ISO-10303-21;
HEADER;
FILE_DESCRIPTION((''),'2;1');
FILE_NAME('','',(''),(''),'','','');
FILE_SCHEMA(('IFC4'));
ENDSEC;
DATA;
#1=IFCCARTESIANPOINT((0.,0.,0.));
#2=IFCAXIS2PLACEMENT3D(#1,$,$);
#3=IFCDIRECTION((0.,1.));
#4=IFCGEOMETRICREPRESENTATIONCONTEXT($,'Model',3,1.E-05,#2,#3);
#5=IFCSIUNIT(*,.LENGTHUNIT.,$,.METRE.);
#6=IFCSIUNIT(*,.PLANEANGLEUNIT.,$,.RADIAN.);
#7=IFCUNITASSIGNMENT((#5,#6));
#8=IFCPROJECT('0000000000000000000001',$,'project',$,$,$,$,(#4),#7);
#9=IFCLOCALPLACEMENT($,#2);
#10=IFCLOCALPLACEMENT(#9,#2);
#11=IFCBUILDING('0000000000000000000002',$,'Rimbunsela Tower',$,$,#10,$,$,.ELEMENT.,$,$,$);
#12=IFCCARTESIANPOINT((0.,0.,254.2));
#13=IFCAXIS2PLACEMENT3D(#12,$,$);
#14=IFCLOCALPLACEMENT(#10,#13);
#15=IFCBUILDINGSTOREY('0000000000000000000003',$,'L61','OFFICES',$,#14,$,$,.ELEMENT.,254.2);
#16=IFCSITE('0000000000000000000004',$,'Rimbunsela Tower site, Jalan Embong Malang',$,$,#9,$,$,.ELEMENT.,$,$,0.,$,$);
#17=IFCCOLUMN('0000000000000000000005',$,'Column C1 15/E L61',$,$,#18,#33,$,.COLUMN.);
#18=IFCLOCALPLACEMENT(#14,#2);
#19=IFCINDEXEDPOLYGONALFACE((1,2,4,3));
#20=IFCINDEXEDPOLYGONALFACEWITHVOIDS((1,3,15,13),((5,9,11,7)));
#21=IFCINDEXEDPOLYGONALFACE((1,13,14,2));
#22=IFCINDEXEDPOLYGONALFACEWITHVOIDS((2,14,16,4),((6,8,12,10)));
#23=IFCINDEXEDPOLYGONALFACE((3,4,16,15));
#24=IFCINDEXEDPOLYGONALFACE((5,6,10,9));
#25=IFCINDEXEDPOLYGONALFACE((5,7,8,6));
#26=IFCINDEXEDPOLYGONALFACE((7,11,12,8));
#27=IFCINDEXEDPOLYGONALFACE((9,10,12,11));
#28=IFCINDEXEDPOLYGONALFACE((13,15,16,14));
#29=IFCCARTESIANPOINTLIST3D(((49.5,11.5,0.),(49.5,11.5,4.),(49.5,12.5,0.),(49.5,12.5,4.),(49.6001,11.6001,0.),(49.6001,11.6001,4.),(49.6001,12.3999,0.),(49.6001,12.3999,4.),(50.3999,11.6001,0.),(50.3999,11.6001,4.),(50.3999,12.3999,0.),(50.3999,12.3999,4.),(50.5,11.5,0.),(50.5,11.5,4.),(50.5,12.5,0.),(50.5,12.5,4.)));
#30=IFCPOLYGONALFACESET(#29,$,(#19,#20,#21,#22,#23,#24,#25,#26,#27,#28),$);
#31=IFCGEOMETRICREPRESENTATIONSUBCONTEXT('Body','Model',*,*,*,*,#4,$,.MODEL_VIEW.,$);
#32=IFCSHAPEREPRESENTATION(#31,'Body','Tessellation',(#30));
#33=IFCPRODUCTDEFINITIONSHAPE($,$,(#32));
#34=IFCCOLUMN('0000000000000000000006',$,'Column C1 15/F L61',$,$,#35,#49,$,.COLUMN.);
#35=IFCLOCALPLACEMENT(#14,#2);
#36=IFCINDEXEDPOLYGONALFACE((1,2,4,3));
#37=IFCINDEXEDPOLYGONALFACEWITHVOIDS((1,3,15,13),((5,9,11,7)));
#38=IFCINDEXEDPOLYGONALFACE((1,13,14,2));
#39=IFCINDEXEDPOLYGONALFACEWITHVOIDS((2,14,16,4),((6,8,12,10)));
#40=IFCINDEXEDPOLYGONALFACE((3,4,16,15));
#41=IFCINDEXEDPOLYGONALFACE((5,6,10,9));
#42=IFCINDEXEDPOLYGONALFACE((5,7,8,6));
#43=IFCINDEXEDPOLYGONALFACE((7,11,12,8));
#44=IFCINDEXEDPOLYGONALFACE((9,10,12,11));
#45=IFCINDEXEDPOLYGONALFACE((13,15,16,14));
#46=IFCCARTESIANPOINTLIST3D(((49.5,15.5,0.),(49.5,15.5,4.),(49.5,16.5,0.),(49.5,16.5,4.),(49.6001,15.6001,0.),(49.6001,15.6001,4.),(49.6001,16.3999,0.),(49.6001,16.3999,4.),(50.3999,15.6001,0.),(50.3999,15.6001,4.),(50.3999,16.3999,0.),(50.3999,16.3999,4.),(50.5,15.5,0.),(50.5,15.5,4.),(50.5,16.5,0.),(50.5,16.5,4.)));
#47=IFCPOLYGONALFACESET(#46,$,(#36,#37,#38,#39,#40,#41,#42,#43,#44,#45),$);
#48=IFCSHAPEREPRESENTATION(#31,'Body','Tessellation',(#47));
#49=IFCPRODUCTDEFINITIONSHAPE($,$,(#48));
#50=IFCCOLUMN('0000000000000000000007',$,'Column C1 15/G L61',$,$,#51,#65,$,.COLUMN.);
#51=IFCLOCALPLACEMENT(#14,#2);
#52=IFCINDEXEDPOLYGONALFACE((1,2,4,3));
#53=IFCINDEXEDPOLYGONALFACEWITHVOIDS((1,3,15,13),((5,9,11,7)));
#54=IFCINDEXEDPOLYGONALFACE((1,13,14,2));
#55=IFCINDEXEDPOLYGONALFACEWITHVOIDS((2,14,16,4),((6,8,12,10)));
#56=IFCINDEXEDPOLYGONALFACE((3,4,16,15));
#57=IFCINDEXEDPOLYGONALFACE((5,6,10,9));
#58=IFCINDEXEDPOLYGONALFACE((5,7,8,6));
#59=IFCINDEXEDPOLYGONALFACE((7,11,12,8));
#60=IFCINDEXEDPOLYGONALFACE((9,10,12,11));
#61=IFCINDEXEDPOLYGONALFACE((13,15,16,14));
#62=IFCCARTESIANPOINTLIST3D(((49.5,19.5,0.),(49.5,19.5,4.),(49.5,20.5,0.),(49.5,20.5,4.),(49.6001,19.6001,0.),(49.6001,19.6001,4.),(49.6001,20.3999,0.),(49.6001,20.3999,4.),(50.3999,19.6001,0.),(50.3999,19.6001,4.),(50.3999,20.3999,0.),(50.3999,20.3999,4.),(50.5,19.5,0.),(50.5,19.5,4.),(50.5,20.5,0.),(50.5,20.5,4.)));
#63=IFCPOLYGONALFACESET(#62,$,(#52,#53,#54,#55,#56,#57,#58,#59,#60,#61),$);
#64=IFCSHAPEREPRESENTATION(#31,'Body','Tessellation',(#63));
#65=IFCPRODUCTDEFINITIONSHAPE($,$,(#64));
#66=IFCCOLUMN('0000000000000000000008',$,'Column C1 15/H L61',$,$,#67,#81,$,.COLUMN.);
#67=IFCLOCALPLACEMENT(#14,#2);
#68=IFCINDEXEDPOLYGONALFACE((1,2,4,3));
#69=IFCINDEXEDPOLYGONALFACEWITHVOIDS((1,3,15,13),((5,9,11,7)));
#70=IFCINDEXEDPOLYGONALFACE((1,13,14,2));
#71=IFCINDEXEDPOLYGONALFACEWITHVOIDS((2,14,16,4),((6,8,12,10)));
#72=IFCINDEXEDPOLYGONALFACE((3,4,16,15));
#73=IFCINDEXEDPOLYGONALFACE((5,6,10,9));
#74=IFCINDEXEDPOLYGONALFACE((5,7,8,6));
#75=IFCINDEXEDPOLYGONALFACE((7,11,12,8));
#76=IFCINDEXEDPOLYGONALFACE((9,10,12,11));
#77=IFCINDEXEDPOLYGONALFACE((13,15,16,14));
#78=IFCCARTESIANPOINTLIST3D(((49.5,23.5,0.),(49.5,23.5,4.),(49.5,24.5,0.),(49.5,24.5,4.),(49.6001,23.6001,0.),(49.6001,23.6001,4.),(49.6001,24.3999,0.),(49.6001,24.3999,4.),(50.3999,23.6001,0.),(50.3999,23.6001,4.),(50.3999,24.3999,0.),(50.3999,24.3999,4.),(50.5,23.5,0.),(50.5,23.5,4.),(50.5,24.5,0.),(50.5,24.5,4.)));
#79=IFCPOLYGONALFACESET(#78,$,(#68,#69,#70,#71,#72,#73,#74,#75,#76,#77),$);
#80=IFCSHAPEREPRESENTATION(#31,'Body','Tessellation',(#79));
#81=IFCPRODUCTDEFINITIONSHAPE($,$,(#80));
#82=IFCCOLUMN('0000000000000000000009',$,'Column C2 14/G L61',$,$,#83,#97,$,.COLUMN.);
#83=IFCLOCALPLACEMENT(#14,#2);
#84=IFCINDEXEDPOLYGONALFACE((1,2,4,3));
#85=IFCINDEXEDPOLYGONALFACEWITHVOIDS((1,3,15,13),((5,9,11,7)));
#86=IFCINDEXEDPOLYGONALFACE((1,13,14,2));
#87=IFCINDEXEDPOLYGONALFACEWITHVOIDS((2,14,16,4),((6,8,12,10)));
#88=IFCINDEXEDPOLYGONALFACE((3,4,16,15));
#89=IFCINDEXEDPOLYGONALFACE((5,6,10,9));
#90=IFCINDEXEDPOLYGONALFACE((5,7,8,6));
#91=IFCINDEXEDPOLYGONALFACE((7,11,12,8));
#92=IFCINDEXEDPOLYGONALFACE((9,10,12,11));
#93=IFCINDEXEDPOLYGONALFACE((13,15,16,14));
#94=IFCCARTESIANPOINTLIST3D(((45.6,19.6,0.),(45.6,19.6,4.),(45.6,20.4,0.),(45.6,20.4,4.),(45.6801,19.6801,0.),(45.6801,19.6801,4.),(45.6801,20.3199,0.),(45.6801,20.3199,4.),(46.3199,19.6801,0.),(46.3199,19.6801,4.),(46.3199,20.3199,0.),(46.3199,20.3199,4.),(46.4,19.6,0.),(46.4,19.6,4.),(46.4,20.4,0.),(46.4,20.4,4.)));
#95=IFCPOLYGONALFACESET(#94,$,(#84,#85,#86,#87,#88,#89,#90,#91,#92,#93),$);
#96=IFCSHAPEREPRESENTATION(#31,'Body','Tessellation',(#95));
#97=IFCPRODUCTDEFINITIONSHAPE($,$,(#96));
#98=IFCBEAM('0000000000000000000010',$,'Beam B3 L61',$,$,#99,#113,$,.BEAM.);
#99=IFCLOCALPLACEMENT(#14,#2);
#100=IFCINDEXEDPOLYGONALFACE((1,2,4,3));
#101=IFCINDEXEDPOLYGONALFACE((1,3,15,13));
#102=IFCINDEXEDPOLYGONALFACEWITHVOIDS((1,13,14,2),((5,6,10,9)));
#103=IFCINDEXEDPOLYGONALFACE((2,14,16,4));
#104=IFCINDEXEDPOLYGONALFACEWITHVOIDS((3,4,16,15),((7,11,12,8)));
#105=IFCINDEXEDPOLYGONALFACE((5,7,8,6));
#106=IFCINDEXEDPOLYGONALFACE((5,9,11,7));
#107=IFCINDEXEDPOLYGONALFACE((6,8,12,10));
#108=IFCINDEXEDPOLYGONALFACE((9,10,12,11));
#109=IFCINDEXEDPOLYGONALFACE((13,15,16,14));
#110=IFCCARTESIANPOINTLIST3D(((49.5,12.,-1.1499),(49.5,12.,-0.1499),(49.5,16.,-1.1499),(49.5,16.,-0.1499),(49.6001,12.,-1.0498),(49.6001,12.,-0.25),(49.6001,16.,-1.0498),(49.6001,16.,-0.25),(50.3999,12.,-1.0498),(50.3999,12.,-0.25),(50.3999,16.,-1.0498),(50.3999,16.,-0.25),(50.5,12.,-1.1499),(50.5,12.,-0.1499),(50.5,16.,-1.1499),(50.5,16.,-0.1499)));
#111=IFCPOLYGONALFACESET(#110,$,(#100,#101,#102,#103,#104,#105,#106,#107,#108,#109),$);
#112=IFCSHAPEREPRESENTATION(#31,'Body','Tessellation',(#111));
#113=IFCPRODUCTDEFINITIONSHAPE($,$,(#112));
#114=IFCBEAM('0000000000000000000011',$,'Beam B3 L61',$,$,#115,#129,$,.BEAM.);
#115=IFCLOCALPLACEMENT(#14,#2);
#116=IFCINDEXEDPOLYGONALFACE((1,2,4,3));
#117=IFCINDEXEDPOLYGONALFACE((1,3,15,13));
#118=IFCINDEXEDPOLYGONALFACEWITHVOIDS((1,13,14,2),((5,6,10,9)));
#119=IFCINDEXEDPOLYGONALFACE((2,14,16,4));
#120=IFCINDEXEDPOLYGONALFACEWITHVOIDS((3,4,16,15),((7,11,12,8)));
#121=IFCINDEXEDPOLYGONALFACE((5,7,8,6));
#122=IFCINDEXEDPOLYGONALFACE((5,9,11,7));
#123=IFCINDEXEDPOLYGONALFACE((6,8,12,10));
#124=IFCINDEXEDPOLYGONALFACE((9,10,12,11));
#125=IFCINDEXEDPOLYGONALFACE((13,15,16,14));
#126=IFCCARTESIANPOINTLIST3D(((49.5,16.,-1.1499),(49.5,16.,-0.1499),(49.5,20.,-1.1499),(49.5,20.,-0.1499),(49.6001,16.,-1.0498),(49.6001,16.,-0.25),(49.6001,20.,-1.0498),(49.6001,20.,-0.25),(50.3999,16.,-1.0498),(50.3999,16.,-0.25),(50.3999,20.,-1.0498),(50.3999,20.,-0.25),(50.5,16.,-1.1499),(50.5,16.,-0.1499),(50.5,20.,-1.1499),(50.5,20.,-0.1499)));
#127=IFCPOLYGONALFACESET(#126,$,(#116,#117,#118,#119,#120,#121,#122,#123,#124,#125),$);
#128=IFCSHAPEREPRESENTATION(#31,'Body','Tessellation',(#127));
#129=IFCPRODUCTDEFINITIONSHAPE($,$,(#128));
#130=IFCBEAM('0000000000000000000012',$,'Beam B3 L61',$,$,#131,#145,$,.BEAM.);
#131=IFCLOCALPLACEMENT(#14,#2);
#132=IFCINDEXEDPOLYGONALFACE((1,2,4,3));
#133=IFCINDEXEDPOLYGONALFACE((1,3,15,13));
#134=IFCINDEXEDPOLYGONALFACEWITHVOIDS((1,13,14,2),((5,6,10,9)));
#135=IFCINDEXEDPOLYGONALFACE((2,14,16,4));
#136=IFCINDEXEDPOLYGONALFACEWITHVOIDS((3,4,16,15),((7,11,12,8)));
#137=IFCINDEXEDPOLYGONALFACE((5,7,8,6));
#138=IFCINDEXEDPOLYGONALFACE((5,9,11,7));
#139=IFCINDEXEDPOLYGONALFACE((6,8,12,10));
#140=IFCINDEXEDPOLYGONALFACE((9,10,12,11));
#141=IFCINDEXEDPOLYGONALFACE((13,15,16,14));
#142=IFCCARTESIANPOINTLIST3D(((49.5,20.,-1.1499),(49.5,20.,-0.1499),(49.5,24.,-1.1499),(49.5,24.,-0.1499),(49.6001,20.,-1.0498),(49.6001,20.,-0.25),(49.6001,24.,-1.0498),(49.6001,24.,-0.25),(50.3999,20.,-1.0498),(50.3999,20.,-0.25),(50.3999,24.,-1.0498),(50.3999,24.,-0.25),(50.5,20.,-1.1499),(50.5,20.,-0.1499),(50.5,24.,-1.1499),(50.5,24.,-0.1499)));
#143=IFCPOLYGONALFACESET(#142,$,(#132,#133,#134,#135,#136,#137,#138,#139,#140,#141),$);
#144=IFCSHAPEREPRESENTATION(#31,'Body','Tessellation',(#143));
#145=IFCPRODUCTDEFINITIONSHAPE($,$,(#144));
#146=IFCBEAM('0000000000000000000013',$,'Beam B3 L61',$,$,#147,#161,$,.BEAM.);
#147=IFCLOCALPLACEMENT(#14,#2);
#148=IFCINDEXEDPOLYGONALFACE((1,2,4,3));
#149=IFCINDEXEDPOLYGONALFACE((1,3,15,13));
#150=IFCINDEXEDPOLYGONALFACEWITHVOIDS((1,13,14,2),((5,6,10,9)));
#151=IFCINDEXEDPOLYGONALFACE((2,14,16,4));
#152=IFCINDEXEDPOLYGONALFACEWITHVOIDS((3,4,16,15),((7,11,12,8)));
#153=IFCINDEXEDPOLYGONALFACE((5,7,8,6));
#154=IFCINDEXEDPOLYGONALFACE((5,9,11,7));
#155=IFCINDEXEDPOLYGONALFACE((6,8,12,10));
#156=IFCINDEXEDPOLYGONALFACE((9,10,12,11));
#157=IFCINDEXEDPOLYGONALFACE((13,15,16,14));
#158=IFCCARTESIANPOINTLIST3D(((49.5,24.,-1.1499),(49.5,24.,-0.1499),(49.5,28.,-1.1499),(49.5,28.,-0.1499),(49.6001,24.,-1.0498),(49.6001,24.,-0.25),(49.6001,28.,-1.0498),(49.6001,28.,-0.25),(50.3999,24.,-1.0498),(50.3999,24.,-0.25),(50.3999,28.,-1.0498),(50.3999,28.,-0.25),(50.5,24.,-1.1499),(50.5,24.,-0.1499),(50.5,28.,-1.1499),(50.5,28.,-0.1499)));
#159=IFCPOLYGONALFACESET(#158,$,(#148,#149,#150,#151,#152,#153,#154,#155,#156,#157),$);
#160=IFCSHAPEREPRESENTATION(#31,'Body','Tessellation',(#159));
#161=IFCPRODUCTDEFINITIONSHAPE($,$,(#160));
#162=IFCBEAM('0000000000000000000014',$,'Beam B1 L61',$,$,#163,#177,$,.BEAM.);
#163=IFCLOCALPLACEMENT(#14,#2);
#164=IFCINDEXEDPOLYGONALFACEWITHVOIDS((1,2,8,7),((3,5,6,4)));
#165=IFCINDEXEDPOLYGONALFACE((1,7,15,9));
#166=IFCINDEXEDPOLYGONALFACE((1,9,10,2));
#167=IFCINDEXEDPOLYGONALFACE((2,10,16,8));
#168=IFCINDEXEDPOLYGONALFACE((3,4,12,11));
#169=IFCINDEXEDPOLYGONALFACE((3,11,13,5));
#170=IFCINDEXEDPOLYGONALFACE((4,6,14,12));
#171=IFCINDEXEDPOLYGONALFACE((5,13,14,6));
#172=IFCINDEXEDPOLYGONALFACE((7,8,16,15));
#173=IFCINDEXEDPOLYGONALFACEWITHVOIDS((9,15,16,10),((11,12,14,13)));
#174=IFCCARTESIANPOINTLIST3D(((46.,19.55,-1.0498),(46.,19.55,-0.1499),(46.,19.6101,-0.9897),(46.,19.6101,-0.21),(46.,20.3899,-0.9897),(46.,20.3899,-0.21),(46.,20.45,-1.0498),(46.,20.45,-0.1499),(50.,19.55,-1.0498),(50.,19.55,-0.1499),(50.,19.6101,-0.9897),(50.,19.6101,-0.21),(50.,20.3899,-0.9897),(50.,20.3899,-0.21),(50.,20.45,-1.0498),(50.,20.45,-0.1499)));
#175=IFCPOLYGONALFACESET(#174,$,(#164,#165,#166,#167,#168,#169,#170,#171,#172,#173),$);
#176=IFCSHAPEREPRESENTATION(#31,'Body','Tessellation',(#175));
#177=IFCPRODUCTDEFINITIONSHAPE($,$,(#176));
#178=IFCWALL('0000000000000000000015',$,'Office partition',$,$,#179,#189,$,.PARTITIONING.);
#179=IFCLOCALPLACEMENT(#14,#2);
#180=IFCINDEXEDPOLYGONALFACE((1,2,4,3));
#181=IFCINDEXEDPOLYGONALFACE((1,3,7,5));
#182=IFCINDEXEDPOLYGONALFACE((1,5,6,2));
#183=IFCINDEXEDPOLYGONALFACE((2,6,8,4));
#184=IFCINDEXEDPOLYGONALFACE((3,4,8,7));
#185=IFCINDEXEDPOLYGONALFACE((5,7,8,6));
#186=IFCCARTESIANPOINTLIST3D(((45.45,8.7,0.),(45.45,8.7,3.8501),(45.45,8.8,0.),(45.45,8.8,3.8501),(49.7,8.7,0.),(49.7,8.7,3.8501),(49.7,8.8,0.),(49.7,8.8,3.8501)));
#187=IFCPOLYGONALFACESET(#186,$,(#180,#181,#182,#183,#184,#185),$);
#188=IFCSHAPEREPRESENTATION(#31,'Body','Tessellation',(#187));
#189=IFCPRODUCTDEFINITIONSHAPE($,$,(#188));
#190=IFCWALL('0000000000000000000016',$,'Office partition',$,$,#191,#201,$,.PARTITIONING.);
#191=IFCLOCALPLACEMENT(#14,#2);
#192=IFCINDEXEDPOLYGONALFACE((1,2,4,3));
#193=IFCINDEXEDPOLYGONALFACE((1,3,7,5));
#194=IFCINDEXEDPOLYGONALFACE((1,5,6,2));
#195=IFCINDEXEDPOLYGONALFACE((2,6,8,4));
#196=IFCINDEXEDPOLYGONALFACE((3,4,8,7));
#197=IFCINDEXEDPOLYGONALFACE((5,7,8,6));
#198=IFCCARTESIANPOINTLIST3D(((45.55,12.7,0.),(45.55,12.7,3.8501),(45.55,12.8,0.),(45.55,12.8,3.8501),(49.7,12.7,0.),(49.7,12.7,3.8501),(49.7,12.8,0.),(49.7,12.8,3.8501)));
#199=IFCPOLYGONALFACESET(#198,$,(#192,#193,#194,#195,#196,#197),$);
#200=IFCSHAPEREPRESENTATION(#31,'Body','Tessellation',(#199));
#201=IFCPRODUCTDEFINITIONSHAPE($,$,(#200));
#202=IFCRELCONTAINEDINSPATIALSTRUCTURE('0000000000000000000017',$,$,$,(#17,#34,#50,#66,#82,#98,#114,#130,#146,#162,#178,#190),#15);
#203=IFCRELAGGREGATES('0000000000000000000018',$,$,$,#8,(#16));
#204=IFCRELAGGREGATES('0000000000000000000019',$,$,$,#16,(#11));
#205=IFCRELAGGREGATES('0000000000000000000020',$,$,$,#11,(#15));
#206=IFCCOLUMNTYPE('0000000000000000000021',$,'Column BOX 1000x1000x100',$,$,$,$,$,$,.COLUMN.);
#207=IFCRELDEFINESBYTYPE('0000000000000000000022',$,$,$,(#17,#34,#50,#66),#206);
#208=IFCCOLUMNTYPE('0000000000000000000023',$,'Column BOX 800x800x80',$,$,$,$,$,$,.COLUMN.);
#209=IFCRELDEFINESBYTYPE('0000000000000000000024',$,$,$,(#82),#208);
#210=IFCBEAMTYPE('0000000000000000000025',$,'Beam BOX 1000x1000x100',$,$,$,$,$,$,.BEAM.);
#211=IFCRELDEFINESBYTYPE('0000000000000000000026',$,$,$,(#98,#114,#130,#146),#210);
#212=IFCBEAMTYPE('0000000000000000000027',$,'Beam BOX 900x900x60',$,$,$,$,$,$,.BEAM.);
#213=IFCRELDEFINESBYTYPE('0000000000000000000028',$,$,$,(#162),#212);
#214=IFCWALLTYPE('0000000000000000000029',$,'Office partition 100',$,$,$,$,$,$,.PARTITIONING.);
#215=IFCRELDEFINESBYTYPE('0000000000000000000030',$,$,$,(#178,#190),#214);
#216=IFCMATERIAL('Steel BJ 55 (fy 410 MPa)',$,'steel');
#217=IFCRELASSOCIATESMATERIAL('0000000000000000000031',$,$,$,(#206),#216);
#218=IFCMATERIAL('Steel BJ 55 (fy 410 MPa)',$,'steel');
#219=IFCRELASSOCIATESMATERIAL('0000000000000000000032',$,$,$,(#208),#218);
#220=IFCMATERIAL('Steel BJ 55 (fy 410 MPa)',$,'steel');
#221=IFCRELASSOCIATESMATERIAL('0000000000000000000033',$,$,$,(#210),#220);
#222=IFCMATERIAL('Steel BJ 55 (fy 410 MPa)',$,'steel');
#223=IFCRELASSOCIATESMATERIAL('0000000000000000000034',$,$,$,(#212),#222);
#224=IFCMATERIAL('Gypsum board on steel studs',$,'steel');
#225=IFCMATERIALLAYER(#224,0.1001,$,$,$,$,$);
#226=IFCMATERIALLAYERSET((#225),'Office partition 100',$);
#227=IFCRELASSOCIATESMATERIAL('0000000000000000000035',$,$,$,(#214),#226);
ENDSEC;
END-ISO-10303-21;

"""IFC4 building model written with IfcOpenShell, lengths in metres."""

from ifc_helpers import new_model, si_unit, direction, frame, frame_2d, origin, origin_2d, place, context, subcontext, project, spatial, rectangle, hollow_rectangle, extrude, material, layer, layer_set, material_profile, profile_set, type_object, element, save


model = new_model("IFC4")

# Units and contexts
model_context = context("Model", 3, precision=1e-05, world=origin(), true_north=direction((0.0, 1.0)))
body_context = subcontext(model_context, "Body", "Model", "MODEL_VIEW")
ifc_project = project(units=[si_unit("LENGTHUNIT", "METRE"), si_unit("PLANEANGLEUNIT", "RADIAN")], contexts=[model_context])

# Site, building, storey
site_placement = place(None, origin())
site = spatial("IfcSite", under=ifc_project, at=site_placement, Name="Rimbunsela Tower site, Jalan Embong Malang", CompositionType="ELEMENT", RefElevation=0.0)
building_placement = place(site_placement, origin())
building = spatial("IfcBuilding", under=site, at=building_placement, Name="Rimbunsela Tower", CompositionType="ELEMENT")
storey_placement = place(building_placement, frame((0.0, 0.0, 254.2)))
storey = spatial("IfcBuildingStorey", under=building, at=storey_placement, Name="L61", Description="OFFICES", CompositionType="ELEMENT", Elevation=254.2)

# Columns
ifc_material_1 = material(Name="Steel BJ 55 (fy 410 MPa)", Category="steel")
ifc_material_profile_1 = material_profile(ifc_material_1, hollow_rectangle(XDim=1.0, YDim=1.0, WallThickness=0.1001, at=origin_2d()), Name="BOX 1000x1000x100")
ifc_profile_set_1 = profile_set([ifc_material_profile_1], Name="Steel BJ 55 (fy 410 MPa)")
column_type_1 = type_object("IfcColumnType", Name="Column BOX 1000x1000x100", PredefinedType="COLUMN", material=ifc_profile_set_1)
for number, where, z_axis, x_axis, name in (
    (1, (50.0, 12.0, 0.0), (0.0, 0.0, 1.0), (1.0, 0.0, 0.0), "Column C1 15/E L61"),
    (2, (50.0, 16.0, 0.0), (0.0, 0.0, 1.0), (1.0, 0.0, 0.0), "Column C1 15/F L61"),
    (3, (50.0, 20.0, 0.0), (0.0, 0.0, 1.0), (1.0, 0.0, 0.0), "Column C1 15/G L61"),
    (4, (50.0, 24.0, 0.0), (0.0, 0.0, 1.0), (1.0, 0.0, 0.0), "Column C1 15/H L61"),
):
    element("IfcColumn", number, at=place(storey_placement, frame(where, z_axis=z_axis, x_axis=x_axis)), inside=storey, type_object=column_type_1, Name=name, PredefinedType="COLUMN", context=body_context, shape_type="SweptSolid", body=[
        extrude(hollow_rectangle(XDim=1.0, YDim=1.0, WallThickness=0.1001, at=origin_2d()), origin(), (0.0, 0.0, 1.0), 4.0),
    ])
ifc_material_2 = material(Name="Steel BJ 55 (fy 410 MPa)", Category="steel")
ifc_material_profile_2 = material_profile(ifc_material_2, hollow_rectangle(XDim=0.8, YDim=0.8, WallThickness=0.0801, at=origin_2d()), Name="BOX 800x800x80")
ifc_profile_set_2 = profile_set([ifc_material_profile_2], Name="Steel BJ 55 (fy 410 MPa)")
column_type_2 = type_object("IfcColumnType", Name="Column BOX 800x800x80", PredefinedType="COLUMN", material=ifc_profile_set_2)
column_placement = place(storey_placement, frame((46.0, 20.0, 0.0), z_axis=(0.0, 0.0, 1.0), x_axis=(1.0, 0.0, 0.0)))
element("IfcColumn", 5, at=column_placement, inside=storey, type_object=column_type_2, Name="Column C2 14/G L61", PredefinedType="COLUMN", context=body_context, shape_type="SweptSolid", body=[
    extrude(hollow_rectangle(XDim=0.8, YDim=0.8, WallThickness=0.0801, at=origin_2d()), origin(), (0.0, 0.0, 1.0), 4.0),
])

# Beams
ifc_material_3 = material(Name="Steel BJ 55 (fy 410 MPa)", Category="steel")
ifc_material_profile_3 = material_profile(ifc_material_3, hollow_rectangle(XDim=1.0, YDim=1.0, WallThickness=0.1001, at=origin_2d()), Name="BOX 1000x1000x100")
ifc_profile_set_3 = profile_set([ifc_material_profile_3], Name="Steel BJ 55 (fy 410 MPa)")
beam_type_1 = type_object("IfcBeamType", Name="Beam BOX 1000x1000x100", PredefinedType="BEAM", material=ifc_profile_set_3)
for number, where, z_axis, x_axis, name in (
    (6, (50.0, 12.0, -0.6499), (0.0, 1.0, 0.0), (-1.0, 0.0, 0.0), "Beam B3 L61"),
    (7, (50.0, 16.0, -0.6499), (0.0, 1.0, 0.0), (-1.0, 0.0, 0.0), "Beam B3 L61"),
    (8, (50.0, 20.0, -0.6499), (0.0, 1.0, 0.0), (-1.0, 0.0, 0.0), "Beam B3 L61"),
    (9, (50.0, 24.0, -0.6499), (0.0, 1.0, 0.0), (-1.0, 0.0, 0.0), "Beam B3 L61"),
):
    element("IfcBeam", number, at=place(storey_placement, frame(where, z_axis=z_axis, x_axis=x_axis)), inside=storey, type_object=beam_type_1, Name=name, PredefinedType="BEAM", context=body_context, shape_type="SweptSolid", body=[
        extrude(hollow_rectangle(XDim=1.0, YDim=1.0, WallThickness=0.1001, at=origin_2d()), origin(), (0.0, 0.0, 1.0), 4.0),
    ])
ifc_material_4 = material(Name="Steel BJ 55 (fy 410 MPa)", Category="steel")
ifc_material_profile_4 = material_profile(ifc_material_4, hollow_rectangle(XDim=0.8999, YDim=0.8999, WallThickness=0.0601, at=origin_2d()), Name="BOX 900x900x60")
ifc_profile_set_4 = profile_set([ifc_material_profile_4], Name="Steel BJ 55 (fy 410 MPa)")
beam_type_2 = type_object("IfcBeamType", Name="Beam BOX 900x900x60", PredefinedType="BEAM", material=ifc_profile_set_4)
beam_placement = place(storey_placement, frame((46.0, 20.0, -0.5999), z_axis=(1.0, 0.0, 0.0), x_axis=(0.0, 1.0, 0.0)))
element("IfcBeam", 10, at=beam_placement, inside=storey, type_object=beam_type_2, Name="Beam B1 L61", PredefinedType="BEAM", context=body_context, shape_type="SweptSolid", body=[
    extrude(hollow_rectangle(XDim=0.8999, YDim=0.8999, WallThickness=0.0601, at=origin_2d()), origin(), (0.0, 0.0, 1.0), 4.0),
])

# Walls
ifc_material_5 = material(Name="Gypsum board on steel studs", Category="steel")
ifc_layer_1 = layer(ifc_material_5, 0.1001)
ifc_layer_set_1 = layer_set([ifc_layer_1], Name="Office partition 100")
wall_type_1 = type_object("IfcWallType", Name="Office partition 100", PredefinedType="PARTITIONING", material=ifc_layer_set_1)
wall_1_placement = place(storey_placement, frame((45.45, 8.75, 0.0), z_axis=(0.0, 0.0, 1.0), x_axis=(1.0, 0.0, 0.0)))
element("IfcWall", 11, at=wall_1_placement, inside=storey, type_object=wall_type_1, Name="Office partition", PredefinedType="PARTITIONING", context=body_context, shape_type="SweptSolid", body=[
    extrude(rectangle(XDim=4.25, YDim=0.1001, at=frame_2d((2.125, 0.0))), origin(), (0.0, 0.0, 1.0), 3.8501),
])
wall_2_placement = place(storey_placement, frame((45.55, 12.75, 0.0), z_axis=(0.0, 0.0, 1.0), x_axis=(1.0, 0.0, 0.0)))
element("IfcWall", 12, at=wall_2_placement, inside=storey, type_object=wall_type_1, Name="Office partition", PredefinedType="PARTITIONING", context=body_context, shape_type="SweptSolid", body=[
    extrude(rectangle(XDim=4.1499, YDim=0.1001, at=frame_2d((2.075, 0.0))), origin(), (0.0, 0.0, 1.0), 3.8501),
])

save(model, "model.ifc")
